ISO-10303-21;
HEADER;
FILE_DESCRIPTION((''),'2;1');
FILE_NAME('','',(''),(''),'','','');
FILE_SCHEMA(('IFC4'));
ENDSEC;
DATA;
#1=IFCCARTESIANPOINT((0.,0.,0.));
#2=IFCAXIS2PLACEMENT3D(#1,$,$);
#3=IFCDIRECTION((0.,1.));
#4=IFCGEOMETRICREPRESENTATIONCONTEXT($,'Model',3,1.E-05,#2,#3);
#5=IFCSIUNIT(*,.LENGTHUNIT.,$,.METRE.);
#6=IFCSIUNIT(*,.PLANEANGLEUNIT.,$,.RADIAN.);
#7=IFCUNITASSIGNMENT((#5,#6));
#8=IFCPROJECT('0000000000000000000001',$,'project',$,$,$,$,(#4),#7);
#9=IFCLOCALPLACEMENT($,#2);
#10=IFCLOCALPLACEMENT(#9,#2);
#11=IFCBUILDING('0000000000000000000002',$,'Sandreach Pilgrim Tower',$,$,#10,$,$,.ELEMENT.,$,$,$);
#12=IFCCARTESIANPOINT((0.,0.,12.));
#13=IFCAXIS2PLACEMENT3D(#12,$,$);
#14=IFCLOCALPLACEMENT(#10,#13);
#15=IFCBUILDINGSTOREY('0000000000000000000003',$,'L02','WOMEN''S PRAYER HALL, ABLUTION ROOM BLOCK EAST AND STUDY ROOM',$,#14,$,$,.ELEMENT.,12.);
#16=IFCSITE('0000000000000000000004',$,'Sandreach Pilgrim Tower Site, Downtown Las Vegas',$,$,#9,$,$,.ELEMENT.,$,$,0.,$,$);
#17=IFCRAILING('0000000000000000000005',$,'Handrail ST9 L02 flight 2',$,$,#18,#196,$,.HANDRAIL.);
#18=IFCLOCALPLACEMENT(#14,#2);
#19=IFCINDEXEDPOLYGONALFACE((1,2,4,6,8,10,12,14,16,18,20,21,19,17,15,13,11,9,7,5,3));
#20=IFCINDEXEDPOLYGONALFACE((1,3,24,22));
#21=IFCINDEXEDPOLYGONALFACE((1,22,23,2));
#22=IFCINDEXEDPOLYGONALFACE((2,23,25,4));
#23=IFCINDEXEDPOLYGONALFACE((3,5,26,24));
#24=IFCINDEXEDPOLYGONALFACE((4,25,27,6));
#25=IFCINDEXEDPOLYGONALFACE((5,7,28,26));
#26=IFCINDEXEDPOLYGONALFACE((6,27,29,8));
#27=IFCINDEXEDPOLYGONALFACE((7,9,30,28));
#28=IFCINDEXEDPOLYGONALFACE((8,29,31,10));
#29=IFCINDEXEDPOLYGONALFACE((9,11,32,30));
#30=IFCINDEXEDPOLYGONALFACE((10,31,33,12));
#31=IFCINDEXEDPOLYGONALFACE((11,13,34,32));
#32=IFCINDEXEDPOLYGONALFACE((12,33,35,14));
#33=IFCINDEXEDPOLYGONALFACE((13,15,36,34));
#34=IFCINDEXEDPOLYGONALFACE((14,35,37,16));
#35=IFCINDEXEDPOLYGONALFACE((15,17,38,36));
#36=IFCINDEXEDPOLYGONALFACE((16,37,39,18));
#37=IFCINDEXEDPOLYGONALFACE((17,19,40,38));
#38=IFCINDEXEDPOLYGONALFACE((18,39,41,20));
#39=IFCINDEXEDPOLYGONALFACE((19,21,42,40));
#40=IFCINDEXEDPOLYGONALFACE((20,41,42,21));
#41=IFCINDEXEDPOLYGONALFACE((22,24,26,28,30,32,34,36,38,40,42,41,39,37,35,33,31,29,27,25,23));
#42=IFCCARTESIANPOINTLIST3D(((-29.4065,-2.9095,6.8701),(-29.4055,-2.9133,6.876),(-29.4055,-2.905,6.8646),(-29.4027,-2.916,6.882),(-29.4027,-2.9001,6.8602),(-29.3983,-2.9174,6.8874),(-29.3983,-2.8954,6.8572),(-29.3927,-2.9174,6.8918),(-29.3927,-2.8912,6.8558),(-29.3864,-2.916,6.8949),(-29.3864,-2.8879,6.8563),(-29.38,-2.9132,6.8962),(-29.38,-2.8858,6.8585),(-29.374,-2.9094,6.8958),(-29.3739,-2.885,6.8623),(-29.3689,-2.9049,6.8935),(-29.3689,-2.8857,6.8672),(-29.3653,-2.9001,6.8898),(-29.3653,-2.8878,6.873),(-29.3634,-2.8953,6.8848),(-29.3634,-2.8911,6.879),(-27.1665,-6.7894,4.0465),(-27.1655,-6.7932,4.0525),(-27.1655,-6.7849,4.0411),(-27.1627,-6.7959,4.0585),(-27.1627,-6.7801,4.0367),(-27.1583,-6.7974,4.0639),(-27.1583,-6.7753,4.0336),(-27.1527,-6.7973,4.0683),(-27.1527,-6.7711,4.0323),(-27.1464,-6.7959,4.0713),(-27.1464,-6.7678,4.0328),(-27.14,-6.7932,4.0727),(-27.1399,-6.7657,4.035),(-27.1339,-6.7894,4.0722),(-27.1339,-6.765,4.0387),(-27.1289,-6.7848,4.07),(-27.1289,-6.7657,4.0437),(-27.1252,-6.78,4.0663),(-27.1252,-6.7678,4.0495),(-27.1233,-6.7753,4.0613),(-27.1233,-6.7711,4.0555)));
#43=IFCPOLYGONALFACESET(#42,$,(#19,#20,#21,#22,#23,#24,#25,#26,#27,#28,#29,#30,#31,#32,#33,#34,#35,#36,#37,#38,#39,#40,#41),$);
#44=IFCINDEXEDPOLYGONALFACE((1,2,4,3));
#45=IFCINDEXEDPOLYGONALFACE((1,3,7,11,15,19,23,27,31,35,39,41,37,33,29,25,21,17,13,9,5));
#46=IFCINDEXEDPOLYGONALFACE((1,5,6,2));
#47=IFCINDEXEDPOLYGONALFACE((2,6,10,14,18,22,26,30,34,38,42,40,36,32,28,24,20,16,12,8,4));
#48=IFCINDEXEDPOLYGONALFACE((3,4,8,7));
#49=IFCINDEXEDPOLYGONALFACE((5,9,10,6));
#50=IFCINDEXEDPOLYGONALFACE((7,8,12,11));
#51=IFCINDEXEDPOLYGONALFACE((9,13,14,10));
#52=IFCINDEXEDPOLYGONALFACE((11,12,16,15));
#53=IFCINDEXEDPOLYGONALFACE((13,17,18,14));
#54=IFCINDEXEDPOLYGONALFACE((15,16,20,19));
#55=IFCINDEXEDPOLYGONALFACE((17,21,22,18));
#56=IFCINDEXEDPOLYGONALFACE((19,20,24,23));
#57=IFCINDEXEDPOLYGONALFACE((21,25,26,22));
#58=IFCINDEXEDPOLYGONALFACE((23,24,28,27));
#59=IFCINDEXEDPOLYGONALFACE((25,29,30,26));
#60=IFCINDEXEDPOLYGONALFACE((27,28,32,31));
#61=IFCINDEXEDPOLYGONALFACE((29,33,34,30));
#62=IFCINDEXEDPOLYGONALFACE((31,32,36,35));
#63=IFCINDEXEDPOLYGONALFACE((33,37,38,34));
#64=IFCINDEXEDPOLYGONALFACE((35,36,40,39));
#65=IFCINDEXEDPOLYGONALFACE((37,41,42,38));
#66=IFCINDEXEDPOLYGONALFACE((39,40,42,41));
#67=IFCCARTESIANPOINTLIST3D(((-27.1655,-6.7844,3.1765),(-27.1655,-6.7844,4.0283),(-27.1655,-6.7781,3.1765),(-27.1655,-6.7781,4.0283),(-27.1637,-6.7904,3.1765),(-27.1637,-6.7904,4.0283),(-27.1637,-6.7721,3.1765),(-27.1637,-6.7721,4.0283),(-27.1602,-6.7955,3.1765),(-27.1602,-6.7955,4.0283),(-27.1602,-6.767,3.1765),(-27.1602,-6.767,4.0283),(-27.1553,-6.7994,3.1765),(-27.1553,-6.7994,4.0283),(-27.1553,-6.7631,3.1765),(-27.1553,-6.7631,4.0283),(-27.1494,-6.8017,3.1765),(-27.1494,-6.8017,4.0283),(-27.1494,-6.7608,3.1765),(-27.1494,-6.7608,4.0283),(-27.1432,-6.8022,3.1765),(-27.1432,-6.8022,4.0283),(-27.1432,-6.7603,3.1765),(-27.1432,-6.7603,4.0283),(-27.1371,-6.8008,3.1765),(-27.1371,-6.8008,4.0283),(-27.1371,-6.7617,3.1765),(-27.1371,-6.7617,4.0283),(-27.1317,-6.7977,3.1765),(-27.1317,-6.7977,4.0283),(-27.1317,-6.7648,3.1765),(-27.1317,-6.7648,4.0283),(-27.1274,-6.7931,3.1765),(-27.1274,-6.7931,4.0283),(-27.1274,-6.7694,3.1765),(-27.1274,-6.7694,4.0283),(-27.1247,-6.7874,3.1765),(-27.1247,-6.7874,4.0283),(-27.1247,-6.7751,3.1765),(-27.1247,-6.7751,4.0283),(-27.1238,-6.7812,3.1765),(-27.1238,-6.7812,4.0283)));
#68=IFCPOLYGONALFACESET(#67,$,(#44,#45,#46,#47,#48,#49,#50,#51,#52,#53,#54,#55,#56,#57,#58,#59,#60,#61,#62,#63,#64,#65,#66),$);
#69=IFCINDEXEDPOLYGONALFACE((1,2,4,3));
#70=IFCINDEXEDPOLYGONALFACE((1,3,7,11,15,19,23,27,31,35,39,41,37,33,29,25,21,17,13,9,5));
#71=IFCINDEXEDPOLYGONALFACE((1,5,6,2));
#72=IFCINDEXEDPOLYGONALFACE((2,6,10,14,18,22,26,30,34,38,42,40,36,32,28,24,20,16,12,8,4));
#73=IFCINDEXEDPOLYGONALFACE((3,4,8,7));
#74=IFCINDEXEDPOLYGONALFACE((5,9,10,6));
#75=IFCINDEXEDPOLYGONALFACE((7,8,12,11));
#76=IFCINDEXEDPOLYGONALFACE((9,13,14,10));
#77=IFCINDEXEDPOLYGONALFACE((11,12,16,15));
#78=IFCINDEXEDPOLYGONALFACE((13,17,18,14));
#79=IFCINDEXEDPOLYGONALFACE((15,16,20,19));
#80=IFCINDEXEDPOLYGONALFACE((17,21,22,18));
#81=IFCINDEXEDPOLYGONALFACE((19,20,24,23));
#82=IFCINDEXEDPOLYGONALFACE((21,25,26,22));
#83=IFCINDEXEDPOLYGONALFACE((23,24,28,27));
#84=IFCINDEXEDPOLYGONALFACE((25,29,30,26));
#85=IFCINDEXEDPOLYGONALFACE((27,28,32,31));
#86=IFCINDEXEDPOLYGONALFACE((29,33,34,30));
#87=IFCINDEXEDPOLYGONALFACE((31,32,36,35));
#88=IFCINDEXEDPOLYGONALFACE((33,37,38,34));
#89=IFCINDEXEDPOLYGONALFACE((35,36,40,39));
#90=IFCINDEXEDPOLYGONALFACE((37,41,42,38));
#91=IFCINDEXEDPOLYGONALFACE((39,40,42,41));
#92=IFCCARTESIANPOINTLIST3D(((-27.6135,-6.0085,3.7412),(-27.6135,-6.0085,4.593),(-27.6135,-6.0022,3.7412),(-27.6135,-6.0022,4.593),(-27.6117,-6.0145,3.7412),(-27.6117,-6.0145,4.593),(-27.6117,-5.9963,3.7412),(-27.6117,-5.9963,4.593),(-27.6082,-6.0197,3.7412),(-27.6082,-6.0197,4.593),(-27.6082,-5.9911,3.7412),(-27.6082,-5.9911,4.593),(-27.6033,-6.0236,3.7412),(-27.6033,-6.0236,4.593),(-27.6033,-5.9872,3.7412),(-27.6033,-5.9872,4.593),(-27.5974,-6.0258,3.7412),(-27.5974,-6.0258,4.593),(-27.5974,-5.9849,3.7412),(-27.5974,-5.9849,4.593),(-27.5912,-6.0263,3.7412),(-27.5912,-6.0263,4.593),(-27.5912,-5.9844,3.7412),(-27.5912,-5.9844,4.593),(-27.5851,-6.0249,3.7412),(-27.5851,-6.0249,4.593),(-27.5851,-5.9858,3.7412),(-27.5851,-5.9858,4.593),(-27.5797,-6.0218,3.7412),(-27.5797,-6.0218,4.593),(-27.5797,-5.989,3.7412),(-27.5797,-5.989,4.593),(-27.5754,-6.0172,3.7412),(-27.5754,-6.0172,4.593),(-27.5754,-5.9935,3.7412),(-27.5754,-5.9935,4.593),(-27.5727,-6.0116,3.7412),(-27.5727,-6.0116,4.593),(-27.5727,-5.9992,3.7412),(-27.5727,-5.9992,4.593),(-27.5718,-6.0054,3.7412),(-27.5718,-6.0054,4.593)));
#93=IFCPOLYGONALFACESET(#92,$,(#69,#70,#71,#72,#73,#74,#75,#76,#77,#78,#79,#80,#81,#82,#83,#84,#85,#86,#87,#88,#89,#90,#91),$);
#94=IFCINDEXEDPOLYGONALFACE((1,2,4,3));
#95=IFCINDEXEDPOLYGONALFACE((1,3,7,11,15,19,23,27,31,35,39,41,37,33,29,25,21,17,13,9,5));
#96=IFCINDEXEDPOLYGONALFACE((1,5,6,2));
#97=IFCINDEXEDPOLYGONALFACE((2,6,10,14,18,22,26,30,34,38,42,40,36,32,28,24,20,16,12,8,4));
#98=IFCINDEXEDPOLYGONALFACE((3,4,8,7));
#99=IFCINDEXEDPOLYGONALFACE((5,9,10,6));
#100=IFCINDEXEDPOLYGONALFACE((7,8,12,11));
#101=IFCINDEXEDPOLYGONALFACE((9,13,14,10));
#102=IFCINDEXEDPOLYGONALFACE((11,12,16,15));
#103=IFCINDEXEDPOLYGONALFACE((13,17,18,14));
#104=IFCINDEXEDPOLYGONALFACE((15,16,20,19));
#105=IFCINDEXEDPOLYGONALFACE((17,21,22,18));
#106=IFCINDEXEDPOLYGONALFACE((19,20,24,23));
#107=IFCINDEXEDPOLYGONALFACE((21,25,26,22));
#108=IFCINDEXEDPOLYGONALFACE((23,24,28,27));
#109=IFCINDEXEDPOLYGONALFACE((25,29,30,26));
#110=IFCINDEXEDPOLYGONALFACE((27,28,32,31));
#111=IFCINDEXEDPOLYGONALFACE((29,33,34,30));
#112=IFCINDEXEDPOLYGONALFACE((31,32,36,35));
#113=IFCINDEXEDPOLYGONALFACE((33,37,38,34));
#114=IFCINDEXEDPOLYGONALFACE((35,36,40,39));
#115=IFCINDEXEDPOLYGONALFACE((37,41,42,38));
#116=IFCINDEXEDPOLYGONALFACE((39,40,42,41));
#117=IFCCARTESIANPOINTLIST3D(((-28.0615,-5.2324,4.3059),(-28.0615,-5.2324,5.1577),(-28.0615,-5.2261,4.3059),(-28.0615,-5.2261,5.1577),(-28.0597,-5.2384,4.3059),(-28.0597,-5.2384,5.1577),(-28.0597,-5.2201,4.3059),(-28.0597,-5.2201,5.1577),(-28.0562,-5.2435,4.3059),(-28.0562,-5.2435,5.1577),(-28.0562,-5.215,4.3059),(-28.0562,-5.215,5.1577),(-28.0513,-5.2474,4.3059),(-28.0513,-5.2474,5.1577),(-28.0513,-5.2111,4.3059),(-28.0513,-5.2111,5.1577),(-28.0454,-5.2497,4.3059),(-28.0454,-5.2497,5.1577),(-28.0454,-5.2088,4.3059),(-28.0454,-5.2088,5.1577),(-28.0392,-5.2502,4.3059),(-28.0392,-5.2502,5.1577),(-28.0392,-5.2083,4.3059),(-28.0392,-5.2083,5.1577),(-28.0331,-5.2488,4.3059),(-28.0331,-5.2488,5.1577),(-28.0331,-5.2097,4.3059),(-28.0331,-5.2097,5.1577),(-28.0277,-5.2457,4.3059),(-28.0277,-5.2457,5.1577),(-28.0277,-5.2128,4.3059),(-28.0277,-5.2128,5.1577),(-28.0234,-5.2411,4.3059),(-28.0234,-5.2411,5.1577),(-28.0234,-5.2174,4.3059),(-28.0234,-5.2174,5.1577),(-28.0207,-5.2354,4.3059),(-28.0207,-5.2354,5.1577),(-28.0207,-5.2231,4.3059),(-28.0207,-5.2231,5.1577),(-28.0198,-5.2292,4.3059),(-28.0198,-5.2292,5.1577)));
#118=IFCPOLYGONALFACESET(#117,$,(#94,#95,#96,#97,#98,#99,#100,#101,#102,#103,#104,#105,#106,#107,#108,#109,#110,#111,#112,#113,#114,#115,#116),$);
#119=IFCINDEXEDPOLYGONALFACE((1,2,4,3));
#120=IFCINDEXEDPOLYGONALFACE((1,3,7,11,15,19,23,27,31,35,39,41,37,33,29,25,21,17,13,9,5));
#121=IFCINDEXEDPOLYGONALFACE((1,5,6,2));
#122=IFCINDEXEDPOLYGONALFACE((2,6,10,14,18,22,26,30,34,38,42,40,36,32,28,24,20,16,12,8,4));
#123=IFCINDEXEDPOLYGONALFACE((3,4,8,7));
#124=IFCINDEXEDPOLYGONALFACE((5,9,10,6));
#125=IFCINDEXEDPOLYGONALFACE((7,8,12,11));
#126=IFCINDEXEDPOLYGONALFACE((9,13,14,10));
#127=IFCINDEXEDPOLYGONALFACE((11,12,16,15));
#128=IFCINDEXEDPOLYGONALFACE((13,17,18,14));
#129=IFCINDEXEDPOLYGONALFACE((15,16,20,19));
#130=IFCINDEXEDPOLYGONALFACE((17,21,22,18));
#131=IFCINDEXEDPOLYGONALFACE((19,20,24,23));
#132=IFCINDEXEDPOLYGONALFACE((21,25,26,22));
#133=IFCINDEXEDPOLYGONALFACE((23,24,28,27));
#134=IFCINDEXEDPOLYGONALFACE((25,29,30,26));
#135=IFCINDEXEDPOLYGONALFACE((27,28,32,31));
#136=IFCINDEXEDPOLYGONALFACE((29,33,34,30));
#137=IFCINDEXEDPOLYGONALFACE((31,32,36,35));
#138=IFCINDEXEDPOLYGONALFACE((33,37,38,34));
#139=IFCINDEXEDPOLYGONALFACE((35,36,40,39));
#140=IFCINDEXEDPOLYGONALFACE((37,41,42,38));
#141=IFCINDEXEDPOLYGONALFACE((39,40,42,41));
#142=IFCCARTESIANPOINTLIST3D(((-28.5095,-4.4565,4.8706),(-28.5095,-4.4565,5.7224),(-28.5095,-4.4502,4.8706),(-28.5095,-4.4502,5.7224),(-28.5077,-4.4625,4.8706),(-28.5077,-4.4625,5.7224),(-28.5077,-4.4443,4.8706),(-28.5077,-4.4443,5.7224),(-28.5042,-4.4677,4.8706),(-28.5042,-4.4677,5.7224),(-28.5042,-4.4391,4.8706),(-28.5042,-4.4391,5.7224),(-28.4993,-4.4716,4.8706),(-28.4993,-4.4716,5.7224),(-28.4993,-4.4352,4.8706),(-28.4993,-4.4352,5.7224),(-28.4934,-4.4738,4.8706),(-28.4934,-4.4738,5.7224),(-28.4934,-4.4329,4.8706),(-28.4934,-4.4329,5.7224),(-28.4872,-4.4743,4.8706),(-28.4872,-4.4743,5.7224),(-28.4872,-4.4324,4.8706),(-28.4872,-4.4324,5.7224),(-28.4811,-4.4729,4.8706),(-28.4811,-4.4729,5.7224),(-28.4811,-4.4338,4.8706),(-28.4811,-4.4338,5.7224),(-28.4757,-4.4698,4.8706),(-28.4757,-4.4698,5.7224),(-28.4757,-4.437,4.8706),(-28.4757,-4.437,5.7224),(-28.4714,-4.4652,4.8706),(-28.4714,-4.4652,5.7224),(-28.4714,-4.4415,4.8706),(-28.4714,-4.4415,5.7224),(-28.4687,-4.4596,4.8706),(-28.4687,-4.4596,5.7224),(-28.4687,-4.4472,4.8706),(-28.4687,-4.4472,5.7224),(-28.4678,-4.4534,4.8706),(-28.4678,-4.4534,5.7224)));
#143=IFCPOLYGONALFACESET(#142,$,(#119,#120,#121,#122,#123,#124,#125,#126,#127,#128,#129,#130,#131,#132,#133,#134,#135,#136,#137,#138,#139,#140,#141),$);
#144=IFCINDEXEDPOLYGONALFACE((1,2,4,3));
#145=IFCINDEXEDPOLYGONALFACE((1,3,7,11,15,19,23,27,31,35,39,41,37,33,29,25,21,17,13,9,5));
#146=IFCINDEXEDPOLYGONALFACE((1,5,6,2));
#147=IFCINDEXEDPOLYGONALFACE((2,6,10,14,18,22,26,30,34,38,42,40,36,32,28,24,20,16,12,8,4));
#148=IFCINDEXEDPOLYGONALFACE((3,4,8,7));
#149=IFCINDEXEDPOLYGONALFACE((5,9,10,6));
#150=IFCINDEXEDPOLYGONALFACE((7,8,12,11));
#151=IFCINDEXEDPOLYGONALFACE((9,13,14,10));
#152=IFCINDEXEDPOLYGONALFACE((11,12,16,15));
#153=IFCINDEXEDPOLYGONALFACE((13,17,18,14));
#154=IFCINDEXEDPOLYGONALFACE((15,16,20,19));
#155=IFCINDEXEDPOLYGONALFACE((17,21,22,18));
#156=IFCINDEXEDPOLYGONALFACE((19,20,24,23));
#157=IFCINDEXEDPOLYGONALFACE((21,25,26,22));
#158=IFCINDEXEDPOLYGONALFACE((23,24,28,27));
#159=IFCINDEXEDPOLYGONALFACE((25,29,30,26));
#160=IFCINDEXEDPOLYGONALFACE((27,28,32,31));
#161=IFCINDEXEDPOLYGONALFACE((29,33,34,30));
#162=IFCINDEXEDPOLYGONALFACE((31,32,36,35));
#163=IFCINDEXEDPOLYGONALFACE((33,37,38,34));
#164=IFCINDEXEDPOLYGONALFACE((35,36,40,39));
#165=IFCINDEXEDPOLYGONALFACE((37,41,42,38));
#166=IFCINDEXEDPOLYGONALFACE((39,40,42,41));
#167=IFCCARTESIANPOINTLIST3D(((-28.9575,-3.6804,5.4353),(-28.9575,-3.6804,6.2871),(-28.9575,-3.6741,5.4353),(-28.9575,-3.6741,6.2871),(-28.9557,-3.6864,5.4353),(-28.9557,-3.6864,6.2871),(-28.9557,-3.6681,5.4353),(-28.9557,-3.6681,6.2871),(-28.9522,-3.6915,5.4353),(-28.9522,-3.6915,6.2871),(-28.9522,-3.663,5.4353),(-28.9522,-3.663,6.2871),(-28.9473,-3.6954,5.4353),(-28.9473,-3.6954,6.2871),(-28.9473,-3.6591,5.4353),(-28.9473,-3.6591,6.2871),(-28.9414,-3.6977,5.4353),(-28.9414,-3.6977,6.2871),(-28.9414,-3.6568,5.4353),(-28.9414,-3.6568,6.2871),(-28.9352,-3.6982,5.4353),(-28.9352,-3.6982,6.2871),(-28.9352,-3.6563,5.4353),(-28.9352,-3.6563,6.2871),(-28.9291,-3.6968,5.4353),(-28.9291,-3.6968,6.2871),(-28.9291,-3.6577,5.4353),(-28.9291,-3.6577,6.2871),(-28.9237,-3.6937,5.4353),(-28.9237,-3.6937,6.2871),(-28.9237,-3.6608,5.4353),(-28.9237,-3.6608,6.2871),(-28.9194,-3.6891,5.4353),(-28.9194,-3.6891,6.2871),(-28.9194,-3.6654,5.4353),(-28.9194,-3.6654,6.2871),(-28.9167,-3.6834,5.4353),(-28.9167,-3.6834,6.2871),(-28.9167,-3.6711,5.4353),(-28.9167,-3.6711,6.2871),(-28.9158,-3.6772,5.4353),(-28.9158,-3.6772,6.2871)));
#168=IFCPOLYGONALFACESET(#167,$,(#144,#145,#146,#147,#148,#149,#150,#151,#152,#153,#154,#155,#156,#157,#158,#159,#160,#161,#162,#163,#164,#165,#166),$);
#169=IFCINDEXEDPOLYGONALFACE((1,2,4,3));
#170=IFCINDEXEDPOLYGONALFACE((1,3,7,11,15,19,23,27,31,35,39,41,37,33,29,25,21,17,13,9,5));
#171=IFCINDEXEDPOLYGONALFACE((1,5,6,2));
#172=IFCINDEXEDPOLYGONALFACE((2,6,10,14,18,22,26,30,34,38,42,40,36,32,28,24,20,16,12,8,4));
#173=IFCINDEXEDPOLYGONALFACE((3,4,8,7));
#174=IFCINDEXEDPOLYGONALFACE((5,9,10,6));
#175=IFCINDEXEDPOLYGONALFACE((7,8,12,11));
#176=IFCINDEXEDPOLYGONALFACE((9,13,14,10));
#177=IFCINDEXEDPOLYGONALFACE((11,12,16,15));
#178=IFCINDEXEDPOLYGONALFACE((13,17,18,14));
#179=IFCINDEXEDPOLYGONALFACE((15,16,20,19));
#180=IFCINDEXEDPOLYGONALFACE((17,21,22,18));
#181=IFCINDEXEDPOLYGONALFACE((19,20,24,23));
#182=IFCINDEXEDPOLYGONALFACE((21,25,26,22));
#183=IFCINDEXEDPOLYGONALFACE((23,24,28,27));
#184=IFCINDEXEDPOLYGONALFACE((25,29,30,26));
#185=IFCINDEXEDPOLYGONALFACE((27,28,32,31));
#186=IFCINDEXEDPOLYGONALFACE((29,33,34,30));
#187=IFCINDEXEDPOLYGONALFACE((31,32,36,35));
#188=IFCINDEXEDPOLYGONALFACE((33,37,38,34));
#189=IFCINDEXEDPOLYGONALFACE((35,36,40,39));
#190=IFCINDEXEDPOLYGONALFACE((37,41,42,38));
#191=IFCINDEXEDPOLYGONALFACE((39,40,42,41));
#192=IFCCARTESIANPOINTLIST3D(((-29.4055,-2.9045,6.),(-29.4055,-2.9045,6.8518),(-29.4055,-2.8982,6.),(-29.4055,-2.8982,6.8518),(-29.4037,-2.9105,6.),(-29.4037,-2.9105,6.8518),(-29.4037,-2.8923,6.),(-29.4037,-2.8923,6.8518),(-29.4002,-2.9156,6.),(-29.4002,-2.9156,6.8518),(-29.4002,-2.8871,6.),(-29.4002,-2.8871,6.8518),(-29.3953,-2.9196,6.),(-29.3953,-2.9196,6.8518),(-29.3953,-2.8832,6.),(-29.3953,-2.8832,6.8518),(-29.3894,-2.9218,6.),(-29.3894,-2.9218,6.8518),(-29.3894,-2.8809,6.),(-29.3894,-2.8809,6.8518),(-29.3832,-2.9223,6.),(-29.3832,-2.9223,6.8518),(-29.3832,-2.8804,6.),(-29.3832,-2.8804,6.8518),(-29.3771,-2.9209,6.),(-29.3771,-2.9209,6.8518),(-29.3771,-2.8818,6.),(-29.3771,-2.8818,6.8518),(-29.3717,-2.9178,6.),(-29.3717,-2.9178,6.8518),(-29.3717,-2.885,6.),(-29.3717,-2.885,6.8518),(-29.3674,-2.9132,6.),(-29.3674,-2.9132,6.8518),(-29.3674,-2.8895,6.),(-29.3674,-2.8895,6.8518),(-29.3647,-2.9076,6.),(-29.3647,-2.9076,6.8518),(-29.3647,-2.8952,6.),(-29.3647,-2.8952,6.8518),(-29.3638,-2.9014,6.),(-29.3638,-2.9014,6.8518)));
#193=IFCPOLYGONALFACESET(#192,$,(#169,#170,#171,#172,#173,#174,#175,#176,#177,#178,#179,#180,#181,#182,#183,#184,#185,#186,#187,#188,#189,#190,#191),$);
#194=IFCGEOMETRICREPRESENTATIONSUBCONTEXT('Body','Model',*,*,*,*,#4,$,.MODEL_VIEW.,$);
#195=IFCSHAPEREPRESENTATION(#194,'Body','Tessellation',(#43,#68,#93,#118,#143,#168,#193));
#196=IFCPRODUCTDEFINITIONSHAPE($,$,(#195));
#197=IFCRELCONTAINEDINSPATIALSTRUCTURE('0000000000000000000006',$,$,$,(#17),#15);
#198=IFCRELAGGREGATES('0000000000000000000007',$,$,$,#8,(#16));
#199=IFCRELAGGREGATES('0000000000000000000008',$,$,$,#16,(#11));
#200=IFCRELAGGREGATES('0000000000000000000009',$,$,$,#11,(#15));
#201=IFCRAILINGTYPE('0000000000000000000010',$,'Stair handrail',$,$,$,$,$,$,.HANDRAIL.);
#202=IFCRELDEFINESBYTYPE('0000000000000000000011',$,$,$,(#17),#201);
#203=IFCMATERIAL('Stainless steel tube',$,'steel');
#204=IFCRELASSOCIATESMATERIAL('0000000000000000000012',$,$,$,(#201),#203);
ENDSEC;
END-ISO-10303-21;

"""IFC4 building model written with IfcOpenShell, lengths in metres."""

from ifc_helpers import new_model, si_unit, direction, frame, origin, origin_2d, place, context, subcontext, project, spatial, circle, extrude, material, type_object, element, save


model = new_model("IFC4")

# Units and contexts
model_context = context("Model", 3, precision=1e-05, world=origin(), true_north=direction((0.0, 1.0)))
body_context = subcontext(model_context, "Body", "Model", "MODEL_VIEW")
ifc_project = project(units=[si_unit("LENGTHUNIT", "METRE"), si_unit("PLANEANGLEUNIT", "RADIAN")], contexts=[model_context])

# Site, building, storey
site_placement = place(None, origin())
site = spatial("IfcSite", under=ifc_project, at=site_placement, Name="Sandreach Pilgrim Tower Site, Downtown Las Vegas", CompositionType="ELEMENT", RefElevation=0.0)
building_placement = place(site_placement, origin())
building = spatial("IfcBuilding", under=site, at=building_placement, Name="Sandreach Pilgrim Tower", CompositionType="ELEMENT")
storey_placement = place(building_placement, frame((0.0, 0.0, 12.0)))
storey = spatial("IfcBuildingStorey", under=building, at=storey_placement, Name="L02", Description="WOMEN'S PRAYER HALL, ABLUTION ROOM BLOCK EAST AND STUDY ROOM", CompositionType="ELEMENT", Elevation=12.0)

# Railing
ifc_material_1 = material(Name="Stainless steel tube", Category="steel")
railing_type = type_object("IfcRailingType", Name="Stair handrail", PredefinedType="HANDRAIL", material=ifc_material_1)
railing_1_placement = place(storey_placement, frame((-27.1448, -6.7812, 3.1765)))
element("IfcRailing", 1, at=railing_1_placement, inside=storey, type_object=railing_type, Name="Handrail ST9 L02 flight 2", PredefinedType="HANDRAIL", context=body_context, shape_type="SweptSolid", body=[
    extrude(circle(Radius=0.0239, at=origin_2d()), frame((0.0, 0.0, 0.876), z_axis=(-0.422993, 0.732665, 0.533178), x_axis=(-0.866031, -0.49999, 0.0)), (0.0, 0.0, 1.0), 5.2957),
    extrude(circle(Radius=0.021, at=origin_2d()), origin(), (0.0, 0.0, 1.0), 0.8518),
    extrude(circle(Radius=0.021, at=origin_2d()), frame((-0.448, 0.7759, 0.5647)), (0.0, 0.0, 1.0), 0.8518),
    extrude(circle(Radius=0.021, at=origin_2d()), frame((-0.896, 1.552, 1.1294)), (0.0, 0.0, 1.0), 0.8518),
    extrude(circle(Radius=0.021, at=origin_2d()), frame((-1.344, 2.3279, 1.6941)), (0.0, 0.0, 1.0), 0.8518),
    extrude(circle(Radius=0.021, at=origin_2d()), frame((-1.792, 3.104, 2.2588)), (0.0, 0.0, 1.0), 0.8518),
    extrude(circle(Radius=0.021, at=origin_2d()), frame((-2.24, 3.8799, 2.8235)), (0.0, 0.0, 1.0), 0.8518),
])

save(model, "model.ifc")
